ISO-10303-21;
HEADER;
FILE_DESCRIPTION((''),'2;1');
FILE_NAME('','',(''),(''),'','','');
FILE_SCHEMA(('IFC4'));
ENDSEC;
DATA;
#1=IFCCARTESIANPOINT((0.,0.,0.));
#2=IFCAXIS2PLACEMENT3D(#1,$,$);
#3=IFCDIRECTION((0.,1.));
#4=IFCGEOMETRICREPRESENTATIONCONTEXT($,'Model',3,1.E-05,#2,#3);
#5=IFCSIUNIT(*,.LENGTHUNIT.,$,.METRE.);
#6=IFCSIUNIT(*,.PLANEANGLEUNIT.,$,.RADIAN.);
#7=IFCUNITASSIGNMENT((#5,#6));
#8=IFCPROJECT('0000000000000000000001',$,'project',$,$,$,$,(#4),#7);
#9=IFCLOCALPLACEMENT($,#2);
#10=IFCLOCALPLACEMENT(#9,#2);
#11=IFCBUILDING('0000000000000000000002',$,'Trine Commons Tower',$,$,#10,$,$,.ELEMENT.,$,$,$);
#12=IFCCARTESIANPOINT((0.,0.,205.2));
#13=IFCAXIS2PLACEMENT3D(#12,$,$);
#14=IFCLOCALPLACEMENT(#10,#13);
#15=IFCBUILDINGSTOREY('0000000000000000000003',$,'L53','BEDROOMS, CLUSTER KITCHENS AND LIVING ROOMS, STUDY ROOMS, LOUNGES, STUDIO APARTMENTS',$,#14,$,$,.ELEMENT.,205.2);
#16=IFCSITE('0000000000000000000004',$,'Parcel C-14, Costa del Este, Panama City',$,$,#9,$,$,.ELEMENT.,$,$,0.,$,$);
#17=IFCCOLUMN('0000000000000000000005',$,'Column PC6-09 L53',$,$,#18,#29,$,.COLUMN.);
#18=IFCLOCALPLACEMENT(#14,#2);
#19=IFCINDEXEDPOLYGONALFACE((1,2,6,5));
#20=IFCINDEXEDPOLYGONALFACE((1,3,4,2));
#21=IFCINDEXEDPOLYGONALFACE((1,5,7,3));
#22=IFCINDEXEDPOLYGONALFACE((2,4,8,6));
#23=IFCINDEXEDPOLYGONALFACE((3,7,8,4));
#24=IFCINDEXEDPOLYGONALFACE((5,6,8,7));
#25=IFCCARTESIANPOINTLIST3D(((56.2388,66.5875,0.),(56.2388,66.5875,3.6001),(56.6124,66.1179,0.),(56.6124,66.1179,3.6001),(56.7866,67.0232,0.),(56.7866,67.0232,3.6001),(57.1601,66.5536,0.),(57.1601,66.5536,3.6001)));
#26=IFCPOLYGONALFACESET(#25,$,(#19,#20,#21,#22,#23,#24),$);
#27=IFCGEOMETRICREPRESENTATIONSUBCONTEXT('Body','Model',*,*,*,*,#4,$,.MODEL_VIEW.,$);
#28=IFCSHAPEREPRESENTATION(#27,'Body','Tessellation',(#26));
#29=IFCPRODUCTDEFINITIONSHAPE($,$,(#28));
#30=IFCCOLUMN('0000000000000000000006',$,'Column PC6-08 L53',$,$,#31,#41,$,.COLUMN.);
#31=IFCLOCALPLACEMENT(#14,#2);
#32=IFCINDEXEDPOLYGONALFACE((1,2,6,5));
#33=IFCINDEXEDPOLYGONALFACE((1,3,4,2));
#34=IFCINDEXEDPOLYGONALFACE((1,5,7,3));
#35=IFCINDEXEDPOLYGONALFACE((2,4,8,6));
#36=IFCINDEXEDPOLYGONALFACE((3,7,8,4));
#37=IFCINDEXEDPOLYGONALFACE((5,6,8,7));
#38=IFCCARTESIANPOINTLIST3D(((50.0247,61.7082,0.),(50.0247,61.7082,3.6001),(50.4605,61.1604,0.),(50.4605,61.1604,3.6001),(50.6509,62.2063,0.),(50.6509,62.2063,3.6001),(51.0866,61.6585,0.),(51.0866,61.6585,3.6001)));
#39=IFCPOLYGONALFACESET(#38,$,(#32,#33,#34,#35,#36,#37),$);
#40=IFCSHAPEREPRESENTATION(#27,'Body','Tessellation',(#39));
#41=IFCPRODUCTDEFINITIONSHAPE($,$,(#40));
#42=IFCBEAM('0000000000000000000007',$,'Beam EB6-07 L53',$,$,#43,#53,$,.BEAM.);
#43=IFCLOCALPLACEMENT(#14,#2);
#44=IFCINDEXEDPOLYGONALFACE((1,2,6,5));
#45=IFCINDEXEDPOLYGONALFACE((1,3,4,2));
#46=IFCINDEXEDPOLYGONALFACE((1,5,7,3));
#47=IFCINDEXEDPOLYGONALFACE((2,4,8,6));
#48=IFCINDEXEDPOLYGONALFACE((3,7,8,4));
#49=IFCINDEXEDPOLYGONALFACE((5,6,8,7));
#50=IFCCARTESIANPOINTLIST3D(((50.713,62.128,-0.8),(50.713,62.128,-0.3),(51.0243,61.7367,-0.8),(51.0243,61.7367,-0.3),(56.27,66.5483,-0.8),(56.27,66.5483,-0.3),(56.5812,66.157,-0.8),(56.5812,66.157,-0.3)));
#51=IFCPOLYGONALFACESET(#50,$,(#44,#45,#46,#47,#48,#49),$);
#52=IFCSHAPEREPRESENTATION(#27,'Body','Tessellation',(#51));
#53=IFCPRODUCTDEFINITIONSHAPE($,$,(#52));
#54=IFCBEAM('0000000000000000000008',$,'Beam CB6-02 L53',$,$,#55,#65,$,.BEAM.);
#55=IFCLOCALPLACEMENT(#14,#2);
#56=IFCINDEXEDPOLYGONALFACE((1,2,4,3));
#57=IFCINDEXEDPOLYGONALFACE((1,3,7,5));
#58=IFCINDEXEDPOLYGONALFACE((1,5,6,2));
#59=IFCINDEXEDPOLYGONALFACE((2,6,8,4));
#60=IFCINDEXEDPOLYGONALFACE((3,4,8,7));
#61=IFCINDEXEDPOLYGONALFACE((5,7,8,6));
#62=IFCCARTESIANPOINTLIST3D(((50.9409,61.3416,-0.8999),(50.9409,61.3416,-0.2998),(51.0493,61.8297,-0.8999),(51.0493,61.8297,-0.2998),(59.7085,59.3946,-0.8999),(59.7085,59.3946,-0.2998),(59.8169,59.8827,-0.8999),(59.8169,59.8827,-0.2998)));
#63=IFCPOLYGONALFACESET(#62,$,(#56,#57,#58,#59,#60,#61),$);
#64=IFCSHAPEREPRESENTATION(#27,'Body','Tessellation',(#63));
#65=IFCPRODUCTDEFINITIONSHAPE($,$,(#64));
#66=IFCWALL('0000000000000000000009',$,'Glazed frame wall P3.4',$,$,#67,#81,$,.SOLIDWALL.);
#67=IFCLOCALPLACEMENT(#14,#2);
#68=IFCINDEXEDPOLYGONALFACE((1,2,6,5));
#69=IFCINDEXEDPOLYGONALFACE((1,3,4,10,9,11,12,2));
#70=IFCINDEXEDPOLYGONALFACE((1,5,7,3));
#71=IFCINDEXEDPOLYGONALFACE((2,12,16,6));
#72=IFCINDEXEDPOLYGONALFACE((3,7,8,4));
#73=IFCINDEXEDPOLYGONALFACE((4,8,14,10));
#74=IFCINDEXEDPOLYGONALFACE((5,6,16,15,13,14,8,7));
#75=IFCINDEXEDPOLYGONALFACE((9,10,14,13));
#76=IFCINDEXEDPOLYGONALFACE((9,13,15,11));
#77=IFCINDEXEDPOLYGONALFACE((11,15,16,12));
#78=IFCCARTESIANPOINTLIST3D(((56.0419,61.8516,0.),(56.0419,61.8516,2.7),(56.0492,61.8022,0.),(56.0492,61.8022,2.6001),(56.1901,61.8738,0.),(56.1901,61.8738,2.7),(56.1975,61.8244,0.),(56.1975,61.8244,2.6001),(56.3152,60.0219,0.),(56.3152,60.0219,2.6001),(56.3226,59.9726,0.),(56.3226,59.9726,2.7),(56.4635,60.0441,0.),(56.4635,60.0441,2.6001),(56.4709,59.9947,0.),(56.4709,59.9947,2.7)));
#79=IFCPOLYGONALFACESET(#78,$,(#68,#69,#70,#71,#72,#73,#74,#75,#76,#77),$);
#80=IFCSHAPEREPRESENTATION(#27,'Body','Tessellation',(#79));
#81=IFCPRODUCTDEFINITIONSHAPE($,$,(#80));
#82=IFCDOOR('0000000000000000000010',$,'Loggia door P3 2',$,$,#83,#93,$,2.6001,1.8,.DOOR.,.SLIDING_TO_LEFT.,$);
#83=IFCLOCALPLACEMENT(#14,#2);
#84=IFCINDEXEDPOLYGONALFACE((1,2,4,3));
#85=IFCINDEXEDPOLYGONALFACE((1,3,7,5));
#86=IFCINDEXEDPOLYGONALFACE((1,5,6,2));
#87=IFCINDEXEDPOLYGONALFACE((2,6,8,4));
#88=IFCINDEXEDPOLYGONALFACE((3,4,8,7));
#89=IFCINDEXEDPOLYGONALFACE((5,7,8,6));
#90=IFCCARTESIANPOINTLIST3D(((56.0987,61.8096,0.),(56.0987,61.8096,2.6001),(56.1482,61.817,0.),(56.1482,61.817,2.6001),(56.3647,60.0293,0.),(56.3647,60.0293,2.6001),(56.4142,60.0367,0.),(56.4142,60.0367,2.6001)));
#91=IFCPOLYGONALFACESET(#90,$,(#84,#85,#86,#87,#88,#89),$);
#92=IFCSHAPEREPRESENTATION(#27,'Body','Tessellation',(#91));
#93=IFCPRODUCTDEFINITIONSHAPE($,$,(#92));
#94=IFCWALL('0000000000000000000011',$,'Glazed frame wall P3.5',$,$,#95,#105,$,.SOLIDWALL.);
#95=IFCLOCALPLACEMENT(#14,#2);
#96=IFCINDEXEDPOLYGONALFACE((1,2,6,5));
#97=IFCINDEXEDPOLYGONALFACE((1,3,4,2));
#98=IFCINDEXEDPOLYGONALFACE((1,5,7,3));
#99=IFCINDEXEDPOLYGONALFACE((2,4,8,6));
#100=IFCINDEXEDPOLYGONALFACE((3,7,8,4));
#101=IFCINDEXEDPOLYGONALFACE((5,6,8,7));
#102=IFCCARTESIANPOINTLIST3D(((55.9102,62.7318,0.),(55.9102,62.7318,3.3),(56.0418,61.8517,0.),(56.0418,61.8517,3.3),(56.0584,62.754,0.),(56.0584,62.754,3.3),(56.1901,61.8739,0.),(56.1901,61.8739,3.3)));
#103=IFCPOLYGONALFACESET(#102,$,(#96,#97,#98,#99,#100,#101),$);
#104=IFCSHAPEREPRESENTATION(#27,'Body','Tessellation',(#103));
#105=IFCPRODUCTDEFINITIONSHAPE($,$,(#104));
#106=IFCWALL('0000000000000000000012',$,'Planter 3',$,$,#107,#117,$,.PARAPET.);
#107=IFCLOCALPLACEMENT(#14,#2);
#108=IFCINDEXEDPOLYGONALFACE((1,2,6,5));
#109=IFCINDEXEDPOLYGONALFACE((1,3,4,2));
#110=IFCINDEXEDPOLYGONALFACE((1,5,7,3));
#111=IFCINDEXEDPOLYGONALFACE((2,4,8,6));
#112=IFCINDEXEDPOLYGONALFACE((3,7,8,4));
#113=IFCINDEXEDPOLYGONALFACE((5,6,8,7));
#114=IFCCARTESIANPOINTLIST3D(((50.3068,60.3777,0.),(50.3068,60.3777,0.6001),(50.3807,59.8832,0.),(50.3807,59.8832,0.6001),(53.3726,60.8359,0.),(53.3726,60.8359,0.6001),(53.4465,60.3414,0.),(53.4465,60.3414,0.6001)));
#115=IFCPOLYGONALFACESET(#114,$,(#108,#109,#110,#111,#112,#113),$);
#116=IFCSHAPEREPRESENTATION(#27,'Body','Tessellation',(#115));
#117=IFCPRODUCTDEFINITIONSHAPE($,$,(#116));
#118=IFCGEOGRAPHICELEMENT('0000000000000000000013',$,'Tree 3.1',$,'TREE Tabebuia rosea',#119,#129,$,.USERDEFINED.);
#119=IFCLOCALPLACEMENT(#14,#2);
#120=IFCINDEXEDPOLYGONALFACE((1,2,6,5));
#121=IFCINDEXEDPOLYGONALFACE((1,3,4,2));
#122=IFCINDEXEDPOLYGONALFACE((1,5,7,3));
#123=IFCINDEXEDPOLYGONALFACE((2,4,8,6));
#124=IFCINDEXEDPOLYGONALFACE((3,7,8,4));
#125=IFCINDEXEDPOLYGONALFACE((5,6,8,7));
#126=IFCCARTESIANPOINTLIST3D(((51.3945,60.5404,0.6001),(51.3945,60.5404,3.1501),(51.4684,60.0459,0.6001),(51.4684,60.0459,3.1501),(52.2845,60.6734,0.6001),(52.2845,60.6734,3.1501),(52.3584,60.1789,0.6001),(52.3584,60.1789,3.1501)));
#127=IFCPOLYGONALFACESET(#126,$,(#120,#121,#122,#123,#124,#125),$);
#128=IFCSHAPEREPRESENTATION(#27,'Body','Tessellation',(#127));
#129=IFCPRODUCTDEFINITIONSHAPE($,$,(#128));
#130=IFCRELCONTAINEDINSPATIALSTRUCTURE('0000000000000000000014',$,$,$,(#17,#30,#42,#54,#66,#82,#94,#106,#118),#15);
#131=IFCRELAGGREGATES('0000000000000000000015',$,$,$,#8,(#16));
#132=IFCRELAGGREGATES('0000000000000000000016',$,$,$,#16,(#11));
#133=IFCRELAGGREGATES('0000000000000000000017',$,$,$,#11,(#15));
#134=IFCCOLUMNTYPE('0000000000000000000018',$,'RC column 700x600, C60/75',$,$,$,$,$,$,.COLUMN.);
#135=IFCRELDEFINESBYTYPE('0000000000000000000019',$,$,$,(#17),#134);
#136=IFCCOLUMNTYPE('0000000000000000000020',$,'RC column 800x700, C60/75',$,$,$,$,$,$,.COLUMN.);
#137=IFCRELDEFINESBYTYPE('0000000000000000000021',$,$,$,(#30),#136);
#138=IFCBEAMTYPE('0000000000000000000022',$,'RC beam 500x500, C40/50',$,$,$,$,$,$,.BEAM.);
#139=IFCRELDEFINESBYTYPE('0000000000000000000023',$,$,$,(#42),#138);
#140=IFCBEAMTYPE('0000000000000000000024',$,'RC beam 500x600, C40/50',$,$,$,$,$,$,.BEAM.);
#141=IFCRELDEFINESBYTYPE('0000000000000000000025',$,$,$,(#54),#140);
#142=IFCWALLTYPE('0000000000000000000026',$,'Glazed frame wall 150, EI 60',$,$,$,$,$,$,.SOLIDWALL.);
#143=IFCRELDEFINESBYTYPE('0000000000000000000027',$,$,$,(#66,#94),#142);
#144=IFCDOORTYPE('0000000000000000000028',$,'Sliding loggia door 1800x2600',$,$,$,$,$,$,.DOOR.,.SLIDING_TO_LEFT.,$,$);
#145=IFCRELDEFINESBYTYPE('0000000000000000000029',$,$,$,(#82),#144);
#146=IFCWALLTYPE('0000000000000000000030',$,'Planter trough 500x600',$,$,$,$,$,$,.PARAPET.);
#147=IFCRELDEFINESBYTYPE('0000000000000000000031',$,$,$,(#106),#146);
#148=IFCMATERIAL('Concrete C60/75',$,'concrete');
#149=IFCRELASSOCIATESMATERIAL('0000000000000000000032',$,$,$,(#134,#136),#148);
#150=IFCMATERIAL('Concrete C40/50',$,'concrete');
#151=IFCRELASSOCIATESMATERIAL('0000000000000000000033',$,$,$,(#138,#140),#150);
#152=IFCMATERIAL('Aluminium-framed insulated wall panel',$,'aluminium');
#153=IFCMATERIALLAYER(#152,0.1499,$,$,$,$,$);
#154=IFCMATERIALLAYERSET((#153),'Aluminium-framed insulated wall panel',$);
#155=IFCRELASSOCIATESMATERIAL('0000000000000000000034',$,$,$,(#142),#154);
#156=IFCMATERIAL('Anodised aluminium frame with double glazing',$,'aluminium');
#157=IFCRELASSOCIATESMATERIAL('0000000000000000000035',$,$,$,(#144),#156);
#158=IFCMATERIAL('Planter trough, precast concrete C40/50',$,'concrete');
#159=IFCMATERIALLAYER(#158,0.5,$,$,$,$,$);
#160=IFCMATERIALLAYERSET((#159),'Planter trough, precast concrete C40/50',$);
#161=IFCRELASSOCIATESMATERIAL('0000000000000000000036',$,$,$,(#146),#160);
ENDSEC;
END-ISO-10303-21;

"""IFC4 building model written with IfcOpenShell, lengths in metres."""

from ifc_helpers import new_model, si_unit, direction, frame, frame_2d, origin, origin_2d, place, context, subcontext, project, spatial, polyline, rectangle, outline, extrude, material, layer, layer_set, material_profile, profile_set, type_object, element, fill, save


model = new_model("IFC4")

# Units and contexts
model_context = context("Model", 3, precision=1e-05, world=origin(), true_north=direction((0.0, 1.0)))
body_context = subcontext(model_context, "Body", "Model", "MODEL_VIEW")
ifc_project = project(units=[si_unit("LENGTHUNIT", "METRE"), si_unit("PLANEANGLEUNIT", "RADIAN")], contexts=[model_context])

# Site, building, storey
site_placement = place(None, origin())
site = spatial("IfcSite", under=ifc_project, at=site_placement, Name="Parcel C-14, Costa del Este, Panama City", CompositionType="ELEMENT", RefElevation=0.0)
building_placement = place(site_placement, origin())
building = spatial("IfcBuilding", under=site, at=building_placement, Name="Trine Commons Tower", CompositionType="ELEMENT")
storey_placement = place(building_placement, frame((0.0, 0.0, 205.2)))
storey = spatial("IfcBuildingStorey", under=building, at=storey_placement, Name="L53", Description="BEDROOMS, CLUSTER KITCHENS AND LIVING ROOMS, STUDY ROOMS, LOUNGES, STUDIO APARTMENTS", CompositionType="ELEMENT", Elevation=205.2)

# Columns
ifc_material_1 = material(Name="Concrete C60/75", Category="concrete")
ifc_material_profile_1 = material_profile(ifc_material_1, rectangle(XDim=0.7, YDim=0.6001, at=origin_2d()), Name="RC 700x600")
ifc_profile_set_1 = profile_set([ifc_material_profile_1], Name="Concrete C60/75")
column_type_1 = type_object("IfcColumnType", Name="RC column 700x600, C60/75", PredefinedType="COLUMN", material=ifc_profile_set_1)
column_1_placement = place(storey_placement, frame((56.6995, 66.5706, 0.0), z_axis=(0.0, 0.0, 1.0), x_axis=(0.782608, 0.622515, 0.0)))
element("IfcColumn", 1, at=column_1_placement, inside=storey, type_object=column_type_1, Name="Column PC6-09 L53", PredefinedType="COLUMN", context=body_context, shape_type="SweptSolid", body=[
    extrude(rectangle(XDim=0.7, YDim=0.6001, at=origin_2d()), origin(), (0.0, 0.0, 1.0), 3.6001),
])
ifc_material_profile_2 = material_profile(ifc_material_1, rectangle(XDim=0.8, YDim=0.7, at=origin_2d()), Name="RC 800x700")
ifc_profile_set_2 = profile_set([ifc_material_profile_2], Name="Concrete C60/75")
column_type_2 = type_object("IfcColumnType", Name="RC column 800x700, C60/75", PredefinedType="COLUMN", material=ifc_profile_set_2)
column_2_placement = place(storey_placement, frame((50.5557, 61.6833, 0.0), z_axis=(0.0, 0.0, 1.0), x_axis=(0.782608, 0.622515, 0.0)))
element("IfcColumn", 2, at=column_2_placement, inside=storey, type_object=column_type_2, Name="Column PC6-08 L53", PredefinedType="COLUMN", context=body_context, shape_type="SweptSolid", body=[
    extrude(rectangle(XDim=0.8, YDim=0.7, at=origin_2d()), origin(), (0.0, 0.0, 1.0), 3.6001),
])

# Beams
ifc_material_2 = material(Name="Concrete C40/50", Category="concrete")
ifc_material_profile_3 = material_profile(ifc_material_2, rectangle(XDim=0.5, YDim=0.5, at=origin_2d()), Name="RC 500x500")
ifc_profile_set_3 = profile_set([ifc_material_profile_3], Name="Concrete C40/50")
beam_type_1 = type_object("IfcBeamType", Name="RC beam 500x500, C40/50", PredefinedType="BEAM", material=ifc_profile_set_3)
beam_1_placement = place(storey_placement, frame((50.8687, 61.9324, -0.55), z_axis=(0.782607, 0.622516, 0.0), x_axis=(-0.622516, 0.782607, 0.0)))
element("IfcBeam", 3, at=beam_1_placement, inside=storey, type_object=beam_type_1, Name="Beam EB6-07 L53", PredefinedType="BEAM", context=body_context, shape_type="SweptSolid", body=[
    extrude(rectangle(XDim=0.5, YDim=0.5, at=origin_2d()), origin(), (0.0, 0.0, 1.0), 7.1006),
])
ifc_material_profile_4 = material_profile(ifc_material_2, rectangle(XDim=0.5, YDim=0.6001, at=origin_2d()), Name="RC 500x600")
ifc_profile_set_4 = profile_set([ifc_material_profile_4], Name="Concrete C40/50")
beam_type_2 = type_object("IfcBeamType", Name="RC beam 500x600, C40/50", PredefinedType="BEAM", material=ifc_profile_set_4)
beam_2_placement = place(storey_placement, frame((50.9951, 61.5857, -0.5999), z_axis=(0.976218, -0.216789, 0.0), x_axis=(0.216789, 0.976218, 0.0)))
element("IfcBeam", 4, at=beam_2_placement, inside=storey, type_object=beam_type_2, Name="Beam CB6-02 L53", PredefinedType="BEAM", context=body_context, shape_type="SweptSolid", body=[
    extrude(rectangle(XDim=0.5, YDim=0.6001, at=origin_2d()), origin(), (0.0, 0.0, 1.0), 8.9812),
])

# Shared definitions
ifc_material_3 = material(Name="Aluminium-framed insulated wall panel", Category="aluminium")
ifc_layer_1 = layer(ifc_material_3, 0.1499)
ifc_layer_set_1 = layer_set([ifc_layer_1], Name="Aluminium-framed insulated wall panel")
wall_type_1 = type_object("IfcWallType", Name="Glazed frame wall 150, EI 60", PredefinedType="SOLIDWALL", material=ifc_layer_set_1)
ifc_material_4 = material(Name="Anodised aluminium frame with double glazing", Category="aluminium")
door_type = type_object("IfcDoorType", Name="Sliding loggia door 1800x2600", OperationType="SLIDING_TO_LEFT", PredefinedType="DOOR", material=ifc_material_4)

# Wall, opening, door
wall_1_placement = place(storey_placement, frame((56.3967, 59.9836, 0.0), z_axis=(0.0, 0.0, 1.0), x_axis=(-0.147769, 0.989022, 0.0)))
wall_1 = element("IfcWall", 5, at=wall_1_placement, inside=storey, type_object=wall_type_1, Name="Glazed frame wall P3.4", PredefinedType="SOLIDWALL", context=body_context, shape_type="SweptSolid", body=[
    extrude(outline(polyline([(0.0, -0.075), (1.8999, -0.075), (1.8999, 0.075), (0.0, 0.075), (0.0, -0.075)])), origin(), (0.0, 0.0, 1.0), 2.7),
])
opening_1_placement = place(wall_1_placement, frame((0.05, 0.0, 0.0)))
opening_1 = element("IfcOpeningElement", 6, at=opening_1_placement, cuts=wall_1, PredefinedType="OPENING", context=body_context, shape_type="SweptSolid", body=[
    extrude(rectangle(XDim=1.8, YDim=2.6001, at=frame_2d((0.8999, 1.3))), frame((0.0, 0.085, 0.0), z_axis=(0.0, -1.0, 0.0), x_axis=(1.0, 0.0, 0.0)), (0.0, 0.0, 1.0), 0.1699),
])
door_1_placement = place(opening_1_placement, origin())
door_1 = element("IfcDoor", 7, at=door_1_placement, inside=storey, type_object=door_type, Name="Loggia door P3 2", OperationType="SLIDING_TO_LEFT", OverallHeight=2.6001, OverallWidth=1.8, PredefinedType="DOOR", context=body_context, shape_type="SweptSolid", body=[
    extrude(rectangle(XDim=1.8, YDim=2.6001, at=frame_2d((0.8999, 1.3))), frame((0.0, 0.0249, 0.0), z_axis=(0.0, -1.0, 0.0), x_axis=(1.0, 0.0, 0.0)), (0.0, 0.0, 1.0), 0.05),
])
fill(opening_1, door_1)

# Walls
wall_2_placement = place(storey_placement, frame((56.116, 61.8628, 0.0), z_axis=(0.0, 0.0, 1.0), x_axis=(-0.147946, 0.988995, 0.0)))
element("IfcWall", 8, at=wall_2_placement, inside=storey, type_object=wall_type_1, Name="Glazed frame wall P3.5", PredefinedType="SOLIDWALL", context=body_context, shape_type="SweptSolid", body=[
    extrude(outline(polyline([(0.8899, 0.075), (0.0, 0.075), (0.0, -0.075), (0.8899, -0.075), (0.8899, 0.075)])), origin(), (0.0, 0.0, 1.0), 3.3),
])
ifc_material_5 = material(Name="Planter trough, precast concrete C40/50", Category="concrete")
ifc_layer_2 = layer(ifc_material_5, 0.5)
ifc_layer_set_2 = layer_set([ifc_layer_2], Name="Planter trough, precast concrete C40/50")
wall_type_2 = type_object("IfcWallType", Name="Planter trough 500x600", PredefinedType="PARAPET", material=ifc_layer_set_2)
wall_3_placement = place(storey_placement, frame((53.4094, 60.5886, 0.0), z_axis=(0.0, 0.0, 1.0), x_axis=(-0.989014, -0.147824, 0.0)))
element("IfcWall", 9, at=wall_3_placement, inside=storey, type_object=wall_type_2, Name="Planter 3", PredefinedType="PARAPET", context=body_context, shape_type="SweptSolid", body=[
    extrude(rectangle(XDim=3.0999, YDim=0.5, at=frame_2d((1.5498, 0.0))), origin(), (0.0, 0.0, 1.0), 0.6001),
])

# Geographic element
geographic_element_placement = place(storey_placement, frame((51.8765, 60.3596, 0.6001), z_axis=(0.0, 0.0, 1.0), x_axis=(-0.989015, -0.147816, 0.0)))
element("IfcGeographicElement", 10, at=geographic_element_placement, inside=storey, Name="Tree 3.1", ObjectType="TREE Tabebuia rosea", PredefinedType="USERDEFINED", context=body_context, shape_type="SweptSolid", body=[
    extrude(rectangle(XDim=0.8999, YDim=0.5, at=origin_2d()), origin(), (0.0, 0.0, 1.0), 2.55),
])

save(model, "model.ifc")
